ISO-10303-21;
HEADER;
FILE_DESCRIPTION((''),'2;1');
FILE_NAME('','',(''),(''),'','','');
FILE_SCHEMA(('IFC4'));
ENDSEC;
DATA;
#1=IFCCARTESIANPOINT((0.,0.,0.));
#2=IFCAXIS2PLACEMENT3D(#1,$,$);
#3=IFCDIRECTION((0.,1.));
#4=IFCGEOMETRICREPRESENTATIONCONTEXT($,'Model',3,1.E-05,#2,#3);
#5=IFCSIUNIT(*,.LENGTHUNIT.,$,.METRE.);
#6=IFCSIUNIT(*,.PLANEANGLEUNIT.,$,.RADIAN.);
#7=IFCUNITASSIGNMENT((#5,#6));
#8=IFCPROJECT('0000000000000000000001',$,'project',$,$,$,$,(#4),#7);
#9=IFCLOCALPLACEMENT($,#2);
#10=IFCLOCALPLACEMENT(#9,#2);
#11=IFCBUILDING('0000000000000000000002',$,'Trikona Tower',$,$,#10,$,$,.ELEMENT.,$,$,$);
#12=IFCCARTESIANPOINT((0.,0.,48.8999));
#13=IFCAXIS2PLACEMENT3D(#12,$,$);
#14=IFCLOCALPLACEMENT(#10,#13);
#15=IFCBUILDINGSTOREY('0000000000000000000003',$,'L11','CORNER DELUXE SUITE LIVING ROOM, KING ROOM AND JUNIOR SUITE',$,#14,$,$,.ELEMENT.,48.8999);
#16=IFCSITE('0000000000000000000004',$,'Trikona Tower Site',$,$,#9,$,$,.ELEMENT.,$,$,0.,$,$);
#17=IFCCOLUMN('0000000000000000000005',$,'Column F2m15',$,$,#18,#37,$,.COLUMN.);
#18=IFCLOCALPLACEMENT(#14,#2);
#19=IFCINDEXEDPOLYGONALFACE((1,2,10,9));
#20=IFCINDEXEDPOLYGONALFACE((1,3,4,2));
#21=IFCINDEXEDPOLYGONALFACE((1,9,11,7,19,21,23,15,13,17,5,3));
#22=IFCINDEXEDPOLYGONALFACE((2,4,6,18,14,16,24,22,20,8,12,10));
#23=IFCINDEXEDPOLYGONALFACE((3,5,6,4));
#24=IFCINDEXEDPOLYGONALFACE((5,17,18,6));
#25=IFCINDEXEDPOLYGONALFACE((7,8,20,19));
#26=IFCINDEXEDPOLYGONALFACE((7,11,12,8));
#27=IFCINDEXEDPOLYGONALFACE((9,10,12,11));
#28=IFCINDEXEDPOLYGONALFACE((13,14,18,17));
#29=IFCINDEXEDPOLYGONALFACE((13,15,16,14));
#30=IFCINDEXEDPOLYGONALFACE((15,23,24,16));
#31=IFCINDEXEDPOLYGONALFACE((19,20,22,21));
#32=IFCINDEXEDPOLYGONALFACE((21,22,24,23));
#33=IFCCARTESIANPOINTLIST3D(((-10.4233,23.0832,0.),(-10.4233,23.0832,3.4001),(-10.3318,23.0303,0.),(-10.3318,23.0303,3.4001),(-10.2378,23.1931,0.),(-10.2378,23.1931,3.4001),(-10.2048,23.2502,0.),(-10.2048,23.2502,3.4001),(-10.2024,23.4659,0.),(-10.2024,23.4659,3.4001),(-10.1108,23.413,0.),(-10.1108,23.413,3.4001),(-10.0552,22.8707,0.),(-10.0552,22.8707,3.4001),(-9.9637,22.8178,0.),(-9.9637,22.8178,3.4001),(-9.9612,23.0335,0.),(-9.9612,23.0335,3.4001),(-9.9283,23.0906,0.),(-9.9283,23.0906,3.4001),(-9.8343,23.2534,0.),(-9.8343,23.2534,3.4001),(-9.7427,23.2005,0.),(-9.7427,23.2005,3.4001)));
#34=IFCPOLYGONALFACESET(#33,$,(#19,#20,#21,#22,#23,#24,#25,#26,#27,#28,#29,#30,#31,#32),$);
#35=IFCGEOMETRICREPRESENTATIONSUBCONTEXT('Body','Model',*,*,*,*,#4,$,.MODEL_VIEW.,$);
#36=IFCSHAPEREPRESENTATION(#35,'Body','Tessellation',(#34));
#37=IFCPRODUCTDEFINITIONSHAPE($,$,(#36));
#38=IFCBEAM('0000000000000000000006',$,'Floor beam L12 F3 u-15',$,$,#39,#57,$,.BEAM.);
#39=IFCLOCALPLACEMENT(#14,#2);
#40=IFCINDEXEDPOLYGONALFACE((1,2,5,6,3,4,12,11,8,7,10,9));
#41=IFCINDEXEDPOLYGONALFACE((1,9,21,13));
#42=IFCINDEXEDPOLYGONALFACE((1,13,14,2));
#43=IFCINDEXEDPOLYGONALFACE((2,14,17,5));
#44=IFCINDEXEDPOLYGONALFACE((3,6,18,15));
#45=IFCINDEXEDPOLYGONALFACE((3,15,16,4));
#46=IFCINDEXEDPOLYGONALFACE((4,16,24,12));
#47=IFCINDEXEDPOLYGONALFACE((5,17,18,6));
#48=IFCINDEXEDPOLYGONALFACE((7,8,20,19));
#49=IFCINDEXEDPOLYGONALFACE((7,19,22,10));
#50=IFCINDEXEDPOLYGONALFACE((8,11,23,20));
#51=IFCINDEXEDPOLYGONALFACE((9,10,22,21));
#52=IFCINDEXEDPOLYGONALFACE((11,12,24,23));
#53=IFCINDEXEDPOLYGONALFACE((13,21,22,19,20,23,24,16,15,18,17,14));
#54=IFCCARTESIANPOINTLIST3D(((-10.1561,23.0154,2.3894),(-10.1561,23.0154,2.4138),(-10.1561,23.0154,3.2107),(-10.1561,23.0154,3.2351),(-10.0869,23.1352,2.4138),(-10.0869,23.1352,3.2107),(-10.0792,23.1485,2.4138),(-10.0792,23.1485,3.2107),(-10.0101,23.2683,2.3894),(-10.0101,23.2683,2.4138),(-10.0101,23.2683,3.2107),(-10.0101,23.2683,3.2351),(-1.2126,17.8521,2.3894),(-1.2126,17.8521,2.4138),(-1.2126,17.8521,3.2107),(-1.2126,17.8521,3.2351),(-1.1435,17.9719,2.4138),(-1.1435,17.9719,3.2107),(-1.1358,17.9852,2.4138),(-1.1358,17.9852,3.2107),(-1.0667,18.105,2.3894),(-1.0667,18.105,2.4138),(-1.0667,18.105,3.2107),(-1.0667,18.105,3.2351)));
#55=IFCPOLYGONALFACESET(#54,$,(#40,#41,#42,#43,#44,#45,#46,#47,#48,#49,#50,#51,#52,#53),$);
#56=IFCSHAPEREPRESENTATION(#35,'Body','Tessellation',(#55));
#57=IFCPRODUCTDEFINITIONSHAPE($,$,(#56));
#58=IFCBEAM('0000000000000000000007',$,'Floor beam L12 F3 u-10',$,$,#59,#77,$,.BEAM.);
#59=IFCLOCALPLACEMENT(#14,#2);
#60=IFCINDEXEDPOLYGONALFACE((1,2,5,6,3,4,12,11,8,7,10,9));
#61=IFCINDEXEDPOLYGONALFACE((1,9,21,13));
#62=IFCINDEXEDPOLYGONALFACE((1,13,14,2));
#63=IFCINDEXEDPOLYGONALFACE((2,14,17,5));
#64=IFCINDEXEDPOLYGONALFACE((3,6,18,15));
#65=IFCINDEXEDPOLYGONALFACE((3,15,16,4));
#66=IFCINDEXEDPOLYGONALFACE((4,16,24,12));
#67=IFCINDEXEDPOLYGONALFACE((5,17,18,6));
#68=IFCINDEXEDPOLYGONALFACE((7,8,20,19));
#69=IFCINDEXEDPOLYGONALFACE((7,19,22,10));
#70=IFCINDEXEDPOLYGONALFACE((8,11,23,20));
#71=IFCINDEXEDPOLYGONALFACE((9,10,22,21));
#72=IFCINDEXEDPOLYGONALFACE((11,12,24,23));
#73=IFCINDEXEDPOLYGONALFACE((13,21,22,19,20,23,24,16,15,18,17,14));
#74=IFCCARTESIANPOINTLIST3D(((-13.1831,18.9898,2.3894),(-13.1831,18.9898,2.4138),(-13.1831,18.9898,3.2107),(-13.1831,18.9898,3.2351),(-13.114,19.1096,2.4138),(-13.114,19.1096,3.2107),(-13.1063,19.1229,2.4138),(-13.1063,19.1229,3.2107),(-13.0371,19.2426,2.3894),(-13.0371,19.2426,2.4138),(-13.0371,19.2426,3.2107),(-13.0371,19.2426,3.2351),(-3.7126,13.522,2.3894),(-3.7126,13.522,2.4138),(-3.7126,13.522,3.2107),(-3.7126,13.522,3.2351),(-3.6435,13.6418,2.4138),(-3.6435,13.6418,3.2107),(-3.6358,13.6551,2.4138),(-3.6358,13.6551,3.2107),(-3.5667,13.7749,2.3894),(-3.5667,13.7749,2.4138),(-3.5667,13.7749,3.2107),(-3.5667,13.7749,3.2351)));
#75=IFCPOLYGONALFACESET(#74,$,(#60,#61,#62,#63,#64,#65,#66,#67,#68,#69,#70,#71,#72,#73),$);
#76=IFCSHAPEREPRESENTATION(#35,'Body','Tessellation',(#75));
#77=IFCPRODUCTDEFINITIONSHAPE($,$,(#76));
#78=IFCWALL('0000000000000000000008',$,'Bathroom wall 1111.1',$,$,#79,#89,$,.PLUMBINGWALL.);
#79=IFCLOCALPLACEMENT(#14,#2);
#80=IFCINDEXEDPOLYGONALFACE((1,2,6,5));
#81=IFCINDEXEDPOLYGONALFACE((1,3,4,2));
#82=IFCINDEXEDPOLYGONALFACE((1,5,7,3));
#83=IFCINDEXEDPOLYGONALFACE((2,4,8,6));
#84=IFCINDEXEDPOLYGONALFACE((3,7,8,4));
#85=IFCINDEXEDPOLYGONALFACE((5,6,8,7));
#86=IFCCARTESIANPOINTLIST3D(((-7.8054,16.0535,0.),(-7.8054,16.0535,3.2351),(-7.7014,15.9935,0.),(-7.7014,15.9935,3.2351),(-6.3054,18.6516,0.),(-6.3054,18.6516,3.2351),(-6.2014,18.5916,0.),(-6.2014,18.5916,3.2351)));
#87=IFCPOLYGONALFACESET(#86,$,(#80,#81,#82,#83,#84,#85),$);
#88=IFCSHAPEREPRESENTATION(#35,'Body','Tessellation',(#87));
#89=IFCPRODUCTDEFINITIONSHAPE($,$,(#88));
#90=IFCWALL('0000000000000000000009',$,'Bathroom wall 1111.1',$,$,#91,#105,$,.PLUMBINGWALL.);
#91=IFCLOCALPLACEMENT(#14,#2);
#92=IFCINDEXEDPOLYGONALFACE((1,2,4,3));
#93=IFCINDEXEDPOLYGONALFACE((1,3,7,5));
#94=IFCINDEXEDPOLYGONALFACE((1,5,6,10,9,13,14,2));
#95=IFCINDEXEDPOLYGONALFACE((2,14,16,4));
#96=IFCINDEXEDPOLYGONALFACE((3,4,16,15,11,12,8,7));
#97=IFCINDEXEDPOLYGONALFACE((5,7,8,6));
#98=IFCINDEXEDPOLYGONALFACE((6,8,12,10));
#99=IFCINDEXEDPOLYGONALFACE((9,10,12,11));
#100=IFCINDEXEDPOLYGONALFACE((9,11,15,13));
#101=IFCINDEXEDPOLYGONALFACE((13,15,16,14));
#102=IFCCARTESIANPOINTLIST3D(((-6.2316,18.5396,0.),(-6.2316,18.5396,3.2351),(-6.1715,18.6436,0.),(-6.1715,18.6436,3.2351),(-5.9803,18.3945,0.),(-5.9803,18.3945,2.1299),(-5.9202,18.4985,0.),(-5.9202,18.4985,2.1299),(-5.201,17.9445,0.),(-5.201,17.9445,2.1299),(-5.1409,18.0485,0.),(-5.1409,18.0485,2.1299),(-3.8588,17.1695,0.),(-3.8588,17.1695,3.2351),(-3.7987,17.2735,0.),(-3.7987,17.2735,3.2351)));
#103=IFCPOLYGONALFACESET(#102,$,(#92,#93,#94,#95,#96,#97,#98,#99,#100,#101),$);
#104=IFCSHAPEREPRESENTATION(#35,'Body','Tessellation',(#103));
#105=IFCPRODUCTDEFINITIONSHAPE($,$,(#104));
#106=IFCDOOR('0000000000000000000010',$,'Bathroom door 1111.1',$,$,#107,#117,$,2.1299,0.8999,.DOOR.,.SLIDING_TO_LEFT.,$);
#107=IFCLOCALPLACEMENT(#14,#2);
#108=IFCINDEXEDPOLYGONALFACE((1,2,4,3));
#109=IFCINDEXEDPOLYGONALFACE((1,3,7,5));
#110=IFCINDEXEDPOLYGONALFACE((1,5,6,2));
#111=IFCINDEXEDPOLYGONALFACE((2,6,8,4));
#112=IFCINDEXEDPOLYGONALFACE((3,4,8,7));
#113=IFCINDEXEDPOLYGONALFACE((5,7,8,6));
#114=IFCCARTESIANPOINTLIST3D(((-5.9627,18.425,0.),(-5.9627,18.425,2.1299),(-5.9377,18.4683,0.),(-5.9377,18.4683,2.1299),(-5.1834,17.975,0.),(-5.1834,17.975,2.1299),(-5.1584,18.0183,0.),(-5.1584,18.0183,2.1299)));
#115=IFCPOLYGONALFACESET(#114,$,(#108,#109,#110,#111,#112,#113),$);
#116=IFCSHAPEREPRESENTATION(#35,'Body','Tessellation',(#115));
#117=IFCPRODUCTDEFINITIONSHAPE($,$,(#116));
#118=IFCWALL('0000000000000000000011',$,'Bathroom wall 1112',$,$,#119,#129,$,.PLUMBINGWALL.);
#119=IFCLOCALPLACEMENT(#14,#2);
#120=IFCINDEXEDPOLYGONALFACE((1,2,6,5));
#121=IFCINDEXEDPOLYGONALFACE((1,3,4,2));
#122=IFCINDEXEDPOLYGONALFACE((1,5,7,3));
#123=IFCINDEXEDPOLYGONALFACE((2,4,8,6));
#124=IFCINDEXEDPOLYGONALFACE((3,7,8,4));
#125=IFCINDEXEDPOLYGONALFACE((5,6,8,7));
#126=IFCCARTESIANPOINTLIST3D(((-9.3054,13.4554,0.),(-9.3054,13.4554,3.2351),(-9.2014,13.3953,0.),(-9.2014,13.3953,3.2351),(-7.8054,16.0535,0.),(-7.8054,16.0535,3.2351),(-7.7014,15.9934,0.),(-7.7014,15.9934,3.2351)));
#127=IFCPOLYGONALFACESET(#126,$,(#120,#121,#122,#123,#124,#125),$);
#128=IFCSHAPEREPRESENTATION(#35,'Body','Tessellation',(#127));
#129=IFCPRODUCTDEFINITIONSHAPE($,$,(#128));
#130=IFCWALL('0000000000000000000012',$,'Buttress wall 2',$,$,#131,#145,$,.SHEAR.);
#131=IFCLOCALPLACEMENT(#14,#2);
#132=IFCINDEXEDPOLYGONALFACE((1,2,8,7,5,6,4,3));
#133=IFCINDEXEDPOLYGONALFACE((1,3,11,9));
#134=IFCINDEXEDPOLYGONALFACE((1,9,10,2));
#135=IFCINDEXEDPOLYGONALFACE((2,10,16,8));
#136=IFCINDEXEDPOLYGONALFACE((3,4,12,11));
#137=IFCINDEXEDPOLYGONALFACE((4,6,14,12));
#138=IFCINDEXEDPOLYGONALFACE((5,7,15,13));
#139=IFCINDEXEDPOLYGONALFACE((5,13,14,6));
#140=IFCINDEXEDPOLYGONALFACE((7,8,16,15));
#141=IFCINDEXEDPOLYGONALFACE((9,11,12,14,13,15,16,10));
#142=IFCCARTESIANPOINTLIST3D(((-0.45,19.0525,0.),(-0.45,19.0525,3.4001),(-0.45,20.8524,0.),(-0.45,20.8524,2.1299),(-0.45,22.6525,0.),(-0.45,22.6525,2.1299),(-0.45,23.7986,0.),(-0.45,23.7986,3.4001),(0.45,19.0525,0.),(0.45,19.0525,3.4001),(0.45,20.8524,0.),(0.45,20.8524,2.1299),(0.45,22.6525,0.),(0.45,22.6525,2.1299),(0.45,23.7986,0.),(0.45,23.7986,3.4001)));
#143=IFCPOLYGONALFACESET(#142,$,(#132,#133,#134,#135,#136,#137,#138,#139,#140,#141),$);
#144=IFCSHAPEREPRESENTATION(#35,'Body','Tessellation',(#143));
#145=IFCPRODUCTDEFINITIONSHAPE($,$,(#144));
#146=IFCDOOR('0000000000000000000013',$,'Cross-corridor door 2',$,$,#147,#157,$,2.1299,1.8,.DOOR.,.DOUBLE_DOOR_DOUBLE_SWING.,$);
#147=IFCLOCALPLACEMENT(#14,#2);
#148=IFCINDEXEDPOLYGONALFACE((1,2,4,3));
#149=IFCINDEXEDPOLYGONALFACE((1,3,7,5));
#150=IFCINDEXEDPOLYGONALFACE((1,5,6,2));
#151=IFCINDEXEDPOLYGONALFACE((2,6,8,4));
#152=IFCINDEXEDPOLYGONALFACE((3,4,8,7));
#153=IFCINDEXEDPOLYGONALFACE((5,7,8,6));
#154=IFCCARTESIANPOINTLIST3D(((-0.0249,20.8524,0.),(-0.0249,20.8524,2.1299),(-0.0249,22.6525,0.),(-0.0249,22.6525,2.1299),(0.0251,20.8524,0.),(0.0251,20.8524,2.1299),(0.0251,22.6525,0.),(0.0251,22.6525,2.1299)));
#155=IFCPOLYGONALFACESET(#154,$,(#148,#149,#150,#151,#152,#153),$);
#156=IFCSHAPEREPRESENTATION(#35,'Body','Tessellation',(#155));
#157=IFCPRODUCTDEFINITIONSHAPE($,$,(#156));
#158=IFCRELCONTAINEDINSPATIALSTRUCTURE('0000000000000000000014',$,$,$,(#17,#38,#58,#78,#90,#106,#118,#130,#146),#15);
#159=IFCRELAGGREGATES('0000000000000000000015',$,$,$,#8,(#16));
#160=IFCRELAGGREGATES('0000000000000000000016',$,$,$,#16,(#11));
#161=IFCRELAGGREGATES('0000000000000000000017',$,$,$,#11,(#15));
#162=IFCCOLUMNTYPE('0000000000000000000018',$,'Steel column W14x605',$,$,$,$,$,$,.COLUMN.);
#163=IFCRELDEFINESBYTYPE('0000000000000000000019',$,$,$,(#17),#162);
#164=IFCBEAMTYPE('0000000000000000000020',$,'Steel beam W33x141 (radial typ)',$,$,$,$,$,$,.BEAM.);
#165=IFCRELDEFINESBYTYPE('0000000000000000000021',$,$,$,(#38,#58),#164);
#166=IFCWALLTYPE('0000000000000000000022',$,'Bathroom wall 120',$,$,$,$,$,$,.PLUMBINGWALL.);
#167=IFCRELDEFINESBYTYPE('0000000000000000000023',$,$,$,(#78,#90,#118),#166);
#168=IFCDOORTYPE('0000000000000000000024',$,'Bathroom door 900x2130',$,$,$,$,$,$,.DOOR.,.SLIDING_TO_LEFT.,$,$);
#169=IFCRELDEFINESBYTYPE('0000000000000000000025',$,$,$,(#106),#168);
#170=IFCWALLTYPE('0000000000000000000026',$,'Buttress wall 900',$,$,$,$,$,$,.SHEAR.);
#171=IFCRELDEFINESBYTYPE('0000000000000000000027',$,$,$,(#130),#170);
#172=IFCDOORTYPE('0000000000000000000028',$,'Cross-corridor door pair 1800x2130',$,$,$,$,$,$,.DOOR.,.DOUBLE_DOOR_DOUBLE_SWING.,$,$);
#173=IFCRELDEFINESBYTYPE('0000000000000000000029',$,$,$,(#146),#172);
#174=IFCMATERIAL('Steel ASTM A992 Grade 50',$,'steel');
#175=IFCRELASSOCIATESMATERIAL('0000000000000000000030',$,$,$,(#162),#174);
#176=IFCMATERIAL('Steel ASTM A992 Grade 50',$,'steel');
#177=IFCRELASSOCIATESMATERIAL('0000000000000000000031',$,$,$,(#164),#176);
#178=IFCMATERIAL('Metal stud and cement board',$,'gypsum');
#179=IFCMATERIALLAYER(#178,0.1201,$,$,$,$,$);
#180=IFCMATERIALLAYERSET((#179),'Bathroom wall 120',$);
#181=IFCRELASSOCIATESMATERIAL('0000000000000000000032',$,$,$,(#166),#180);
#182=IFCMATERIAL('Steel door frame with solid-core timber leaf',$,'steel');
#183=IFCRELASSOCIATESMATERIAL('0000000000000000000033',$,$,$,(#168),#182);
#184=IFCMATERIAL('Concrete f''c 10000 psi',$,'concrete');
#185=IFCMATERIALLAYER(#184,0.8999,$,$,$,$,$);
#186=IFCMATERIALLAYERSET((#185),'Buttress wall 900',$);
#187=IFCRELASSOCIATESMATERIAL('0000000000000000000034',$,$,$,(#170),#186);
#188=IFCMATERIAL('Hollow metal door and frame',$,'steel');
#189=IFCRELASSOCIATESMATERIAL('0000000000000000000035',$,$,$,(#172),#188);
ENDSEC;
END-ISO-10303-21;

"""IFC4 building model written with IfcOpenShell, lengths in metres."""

from ifc_helpers import new_model, si_unit, direction, frame, frame_2d, origin, origin_2d, place, context, subcontext, project, spatial, rectangle, i_section, extrude, material, layer, layer_set, material_profile, profile_set, type_object, element, fill, save


model = new_model("IFC4")

# Units and contexts
model_context = context("Model", 3, precision=1e-05, world=origin(), true_north=direction((0.0, 1.0)))
body_context = subcontext(model_context, "Body", "Model", "MODEL_VIEW")
ifc_project = project(units=[si_unit("LENGTHUNIT", "METRE"), si_unit("PLANEANGLEUNIT", "RADIAN")], contexts=[model_context])

# Site, building, storey
site_placement = place(None, origin())
site = spatial("IfcSite", under=ifc_project, at=site_placement, Name="Trikona Tower Site", CompositionType="ELEMENT", RefElevation=0.0)
building_placement = place(site_placement, origin())
building = spatial("IfcBuilding", under=site, at=building_placement, Name="Trikona Tower", CompositionType="ELEMENT")
storey_placement = place(building_placement, frame((0.0, 0.0, 48.8999)))
storey = spatial("IfcBuildingStorey", under=building, at=storey_placement, Name="L11", Description="CORNER DELUXE SUITE LIVING ROOM, KING ROOM AND JUNIOR SUITE", CompositionType="ELEMENT", Elevation=48.8999)

# Column
ifc_material_1 = material(Name="Steel ASTM A992 Grade 50", Category="steel")
ifc_material_profile_1 = material_profile(ifc_material_1, i_section(OverallWidth=0.4419, OverallDepth=0.5308, WebThickness=0.0659, FlangeThickness=0.1057, at=origin_2d()), Name="W14X605")
ifc_profile_set_1 = profile_set([ifc_material_profile_1], Name="Steel ASTM A992 Grade 50")
column_type = type_object("IfcColumnType", Name="Steel column W14x605", PredefinedType="COLUMN", material=ifc_profile_set_1)
column_placement = place(storey_placement, frame((-10.083, 23.1418, 0.0), z_axis=(0.0, 0.0, 1.0), x_axis=(-0.5, -0.866025, 0.0)))
element("IfcColumn", 1, at=column_placement, inside=storey, type_object=column_type, Name="Column F2m15", PredefinedType="COLUMN", context=body_context, shape_type="SweptSolid", body=[
    extrude(i_section(OverallWidth=0.4419, OverallDepth=0.5308, WebThickness=0.0659, FlangeThickness=0.1057, at=origin_2d()), origin(), (0.0, 0.0, 1.0), 3.4001),
])

# Beams
ifc_material_2 = material(Name="Steel ASTM A992 Grade 50", Category="steel")
ifc_material_profile_2 = material_profile(ifc_material_2, i_section(OverallWidth=0.292, OverallDepth=0.8457, WebThickness=0.0154, FlangeThickness=0.0244, at=origin_2d()), Name="W33X141")
ifc_profile_set_2 = profile_set([ifc_material_profile_2], Name="Steel ASTM A992 Grade 50")
beam_type = type_object("IfcBeamType", Name="Steel beam W33x141 (radial typ)", PredefinedType="BEAM", material=ifc_profile_set_2)
beam_1_placement = place(storey_placement, frame((-1.1396, 17.9785, 2.8123), z_axis=(-0.86603, 0.499991, 0.0), x_axis=(-0.499991, -0.86603, 0.0)))
element("IfcBeam", 2, at=beam_1_placement, inside=storey, type_object=beam_type, Name="Floor beam L12 F3 u-15", PredefinedType="BEAM", context=body_context, shape_type="SweptSolid", body=[
    extrude(i_section(OverallWidth=0.292, OverallDepth=0.8457, WebThickness=0.0154, FlangeThickness=0.0244, at=origin_2d()), origin(), (0.0, 0.0, 1.0), 10.3269),
])
beam_2_placement = place(storey_placement, frame((-3.6396, 13.6484, 2.8123), z_axis=(-0.866025, 0.5, 0.0), x_axis=(-0.5, -0.866025, 0.0)))
element("IfcBeam", 3, at=beam_2_placement, inside=storey, type_object=beam_type, Name="Floor beam L12 F3 u-10", PredefinedType="BEAM", context=body_context, shape_type="SweptSolid", body=[
    extrude(i_section(OverallWidth=0.292, OverallDepth=0.8457, WebThickness=0.0154, FlangeThickness=0.0244, at=origin_2d()), origin(), (0.0, 0.0, 1.0), 10.9355),
])

# Wall
ifc_material_3 = material(Name="Metal stud and cement board", Category="gypsum")
ifc_layer_1 = layer(ifc_material_3, 0.1201)
ifc_layer_set_1 = layer_set([ifc_layer_1], Name="Bathroom wall 120")
wall_type_1 = type_object("IfcWallType", Name="Bathroom wall 120", PredefinedType="PLUMBINGWALL", material=ifc_layer_set_1)
wall_1_placement = place(storey_placement, frame((-6.2534, 18.6216, 0.0), z_axis=(0.0, 0.0, 1.0), x_axis=(-0.49999, -0.866031, 0.0)))
element("IfcWall", 4, at=wall_1_placement, inside=storey, type_object=wall_type_1, Name="Bathroom wall 1111.1", PredefinedType="PLUMBINGWALL", context=body_context, shape_type="SweptSolid", body=[
    extrude(rectangle(XDim=3.0, YDim=0.1201, at=frame_2d((1.5, 0.0))), origin(), (0.0, 0.0, 1.0), 3.2351),
])

# Wall, opening, door
wall_2_placement = place(storey_placement, frame((-3.8286, 17.2214, 0.0), z_axis=(0.0, 0.0, 1.0), x_axis=(-0.865997, 0.500049, 0.0)))
wall_2 = element("IfcWall", 5, at=wall_2_placement, inside=storey, type_object=wall_type_1, Name="Bathroom wall 1111.1", PredefinedType="PLUMBINGWALL", context=body_context, shape_type="SweptSolid", body=[
    extrude(rectangle(XDim=2.74, YDim=0.1201, at=frame_2d((1.3701, 0.0))), origin(), (0.0, 0.0, 1.0), 3.2351),
])
opening_1_placement = place(wall_2_placement, frame((1.55, 0.0, 0.0)))
opening_1 = element("IfcOpeningElement", 6, at=opening_1_placement, cuts=wall_2, PredefinedType="OPENING", context=body_context, shape_type="SweptSolid", body=[
    extrude(rectangle(XDim=0.8999, YDim=2.1299, at=frame_2d((0.45, 1.0649))), frame((0.0, 0.0701, 0.0), z_axis=(0.0, -1.0, 0.0), x_axis=(1.0, 0.0, 0.0)), (0.0, 0.0, 1.0), 0.1401),
])
ifc_material_4 = material(Name="Steel door frame with solid-core timber leaf", Category="steel")
door_type_1 = type_object("IfcDoorType", Name="Bathroom door 900x2130", OperationType="SLIDING_TO_LEFT", PredefinedType="DOOR", material=ifc_material_4)
door_1_placement = place(opening_1_placement, origin())
door_1 = element("IfcDoor", 7, at=door_1_placement, inside=storey, type_object=door_type_1, Name="Bathroom door 1111.1", OperationType="SLIDING_TO_LEFT", OverallHeight=2.1299, OverallWidth=0.8999, PredefinedType="DOOR", context=body_context, shape_type="SweptSolid", body=[
    extrude(rectangle(XDim=0.8999, YDim=2.1299, at=frame_2d((0.45, 1.0649))), frame((0.0, 0.0249, 0.0), z_axis=(0.0, -1.0, 0.0), x_axis=(1.0, 0.0, 0.0)), (0.0, 0.0, 1.0), 0.05),
])
fill(opening_1, door_1)

# Wall
wall_3_placement = place(storey_placement, frame((-7.7534, 16.0234, 0.0), z_axis=(0.0, 0.0, 1.0), x_axis=(-0.49999, -0.866031, 0.0)))
element("IfcWall", 8, at=wall_3_placement, inside=storey, type_object=wall_type_1, Name="Bathroom wall 1112", PredefinedType="PLUMBINGWALL", context=body_context, shape_type="SweptSolid", body=[
    extrude(rectangle(XDim=3.0, YDim=0.1201, at=frame_2d((1.5, 0.0))), origin(), (0.0, 0.0, 1.0), 3.2351),
])

# Wall, opening, door
ifc_material_5 = material(Name="Concrete f'c 10000 psi", Category="concrete")
ifc_layer_2 = layer(ifc_material_5, 0.8999)
ifc_layer_set_2 = layer_set([ifc_layer_2], Name="Buttress wall 900")
wall_type_2 = type_object("IfcWallType", Name="Buttress wall 900", PredefinedType="SHEAR", material=ifc_layer_set_2)
wall_4_placement = place(storey_placement, frame((0.0, 19.0525, 0.0), z_axis=(0.0, 0.0, 1.0), x_axis=(0.0, 1.0, 0.0)))
wall_4 = element("IfcWall", 9, at=wall_4_placement, inside=storey, type_object=wall_type_2, Name="Buttress wall 2", PredefinedType="SHEAR", context=body_context, shape_type="SweptSolid", body=[
    extrude(rectangle(XDim=4.7461, YDim=0.8999, at=frame_2d((2.373, 0.0))), origin(), (0.0, 0.0, 1.0), 3.4001),
])
opening_2_placement = place(wall_4_placement, frame((1.8, 0.0, 0.0)))
opening_2 = element("IfcOpeningElement", 10, at=opening_2_placement, cuts=wall_4, PredefinedType="OPENING", context=body_context, shape_type="SweptSolid", body=[
    extrude(rectangle(XDim=1.8, YDim=2.1299, at=frame_2d((0.8999, 1.0649))), frame((0.0, 0.46, 0.0), z_axis=(0.0, -1.0, 0.0), x_axis=(1.0, 0.0, 0.0)), (0.0, 0.0, 1.0), 0.9199),
])
ifc_material_6 = material(Name="Hollow metal door and frame", Category="steel")
door_type_2 = type_object("IfcDoorType", Name="Cross-corridor door pair 1800x2130", OperationType="DOUBLE_DOOR_DOUBLE_SWING", PredefinedType="DOOR", material=ifc_material_6)
door_2_placement = place(opening_2_placement, origin())
door_2 = element("IfcDoor", 11, at=door_2_placement, inside=storey, type_object=door_type_2, Name="Cross-corridor door 2", OperationType="DOUBLE_DOOR_DOUBLE_SWING", OverallHeight=2.1299, OverallWidth=1.8, PredefinedType="DOOR", context=body_context, shape_type="SweptSolid", body=[
    extrude(rectangle(XDim=1.8, YDim=2.1299, at=frame_2d((0.8999, 1.0649))), frame((0.0, 0.0249, 0.0), z_axis=(0.0, -1.0, 0.0), x_axis=(1.0, 0.0, 0.0)), (0.0, 0.0, 1.0), 0.05),
])
fill(opening_2, door_2)

save(model, "model.ifc")
